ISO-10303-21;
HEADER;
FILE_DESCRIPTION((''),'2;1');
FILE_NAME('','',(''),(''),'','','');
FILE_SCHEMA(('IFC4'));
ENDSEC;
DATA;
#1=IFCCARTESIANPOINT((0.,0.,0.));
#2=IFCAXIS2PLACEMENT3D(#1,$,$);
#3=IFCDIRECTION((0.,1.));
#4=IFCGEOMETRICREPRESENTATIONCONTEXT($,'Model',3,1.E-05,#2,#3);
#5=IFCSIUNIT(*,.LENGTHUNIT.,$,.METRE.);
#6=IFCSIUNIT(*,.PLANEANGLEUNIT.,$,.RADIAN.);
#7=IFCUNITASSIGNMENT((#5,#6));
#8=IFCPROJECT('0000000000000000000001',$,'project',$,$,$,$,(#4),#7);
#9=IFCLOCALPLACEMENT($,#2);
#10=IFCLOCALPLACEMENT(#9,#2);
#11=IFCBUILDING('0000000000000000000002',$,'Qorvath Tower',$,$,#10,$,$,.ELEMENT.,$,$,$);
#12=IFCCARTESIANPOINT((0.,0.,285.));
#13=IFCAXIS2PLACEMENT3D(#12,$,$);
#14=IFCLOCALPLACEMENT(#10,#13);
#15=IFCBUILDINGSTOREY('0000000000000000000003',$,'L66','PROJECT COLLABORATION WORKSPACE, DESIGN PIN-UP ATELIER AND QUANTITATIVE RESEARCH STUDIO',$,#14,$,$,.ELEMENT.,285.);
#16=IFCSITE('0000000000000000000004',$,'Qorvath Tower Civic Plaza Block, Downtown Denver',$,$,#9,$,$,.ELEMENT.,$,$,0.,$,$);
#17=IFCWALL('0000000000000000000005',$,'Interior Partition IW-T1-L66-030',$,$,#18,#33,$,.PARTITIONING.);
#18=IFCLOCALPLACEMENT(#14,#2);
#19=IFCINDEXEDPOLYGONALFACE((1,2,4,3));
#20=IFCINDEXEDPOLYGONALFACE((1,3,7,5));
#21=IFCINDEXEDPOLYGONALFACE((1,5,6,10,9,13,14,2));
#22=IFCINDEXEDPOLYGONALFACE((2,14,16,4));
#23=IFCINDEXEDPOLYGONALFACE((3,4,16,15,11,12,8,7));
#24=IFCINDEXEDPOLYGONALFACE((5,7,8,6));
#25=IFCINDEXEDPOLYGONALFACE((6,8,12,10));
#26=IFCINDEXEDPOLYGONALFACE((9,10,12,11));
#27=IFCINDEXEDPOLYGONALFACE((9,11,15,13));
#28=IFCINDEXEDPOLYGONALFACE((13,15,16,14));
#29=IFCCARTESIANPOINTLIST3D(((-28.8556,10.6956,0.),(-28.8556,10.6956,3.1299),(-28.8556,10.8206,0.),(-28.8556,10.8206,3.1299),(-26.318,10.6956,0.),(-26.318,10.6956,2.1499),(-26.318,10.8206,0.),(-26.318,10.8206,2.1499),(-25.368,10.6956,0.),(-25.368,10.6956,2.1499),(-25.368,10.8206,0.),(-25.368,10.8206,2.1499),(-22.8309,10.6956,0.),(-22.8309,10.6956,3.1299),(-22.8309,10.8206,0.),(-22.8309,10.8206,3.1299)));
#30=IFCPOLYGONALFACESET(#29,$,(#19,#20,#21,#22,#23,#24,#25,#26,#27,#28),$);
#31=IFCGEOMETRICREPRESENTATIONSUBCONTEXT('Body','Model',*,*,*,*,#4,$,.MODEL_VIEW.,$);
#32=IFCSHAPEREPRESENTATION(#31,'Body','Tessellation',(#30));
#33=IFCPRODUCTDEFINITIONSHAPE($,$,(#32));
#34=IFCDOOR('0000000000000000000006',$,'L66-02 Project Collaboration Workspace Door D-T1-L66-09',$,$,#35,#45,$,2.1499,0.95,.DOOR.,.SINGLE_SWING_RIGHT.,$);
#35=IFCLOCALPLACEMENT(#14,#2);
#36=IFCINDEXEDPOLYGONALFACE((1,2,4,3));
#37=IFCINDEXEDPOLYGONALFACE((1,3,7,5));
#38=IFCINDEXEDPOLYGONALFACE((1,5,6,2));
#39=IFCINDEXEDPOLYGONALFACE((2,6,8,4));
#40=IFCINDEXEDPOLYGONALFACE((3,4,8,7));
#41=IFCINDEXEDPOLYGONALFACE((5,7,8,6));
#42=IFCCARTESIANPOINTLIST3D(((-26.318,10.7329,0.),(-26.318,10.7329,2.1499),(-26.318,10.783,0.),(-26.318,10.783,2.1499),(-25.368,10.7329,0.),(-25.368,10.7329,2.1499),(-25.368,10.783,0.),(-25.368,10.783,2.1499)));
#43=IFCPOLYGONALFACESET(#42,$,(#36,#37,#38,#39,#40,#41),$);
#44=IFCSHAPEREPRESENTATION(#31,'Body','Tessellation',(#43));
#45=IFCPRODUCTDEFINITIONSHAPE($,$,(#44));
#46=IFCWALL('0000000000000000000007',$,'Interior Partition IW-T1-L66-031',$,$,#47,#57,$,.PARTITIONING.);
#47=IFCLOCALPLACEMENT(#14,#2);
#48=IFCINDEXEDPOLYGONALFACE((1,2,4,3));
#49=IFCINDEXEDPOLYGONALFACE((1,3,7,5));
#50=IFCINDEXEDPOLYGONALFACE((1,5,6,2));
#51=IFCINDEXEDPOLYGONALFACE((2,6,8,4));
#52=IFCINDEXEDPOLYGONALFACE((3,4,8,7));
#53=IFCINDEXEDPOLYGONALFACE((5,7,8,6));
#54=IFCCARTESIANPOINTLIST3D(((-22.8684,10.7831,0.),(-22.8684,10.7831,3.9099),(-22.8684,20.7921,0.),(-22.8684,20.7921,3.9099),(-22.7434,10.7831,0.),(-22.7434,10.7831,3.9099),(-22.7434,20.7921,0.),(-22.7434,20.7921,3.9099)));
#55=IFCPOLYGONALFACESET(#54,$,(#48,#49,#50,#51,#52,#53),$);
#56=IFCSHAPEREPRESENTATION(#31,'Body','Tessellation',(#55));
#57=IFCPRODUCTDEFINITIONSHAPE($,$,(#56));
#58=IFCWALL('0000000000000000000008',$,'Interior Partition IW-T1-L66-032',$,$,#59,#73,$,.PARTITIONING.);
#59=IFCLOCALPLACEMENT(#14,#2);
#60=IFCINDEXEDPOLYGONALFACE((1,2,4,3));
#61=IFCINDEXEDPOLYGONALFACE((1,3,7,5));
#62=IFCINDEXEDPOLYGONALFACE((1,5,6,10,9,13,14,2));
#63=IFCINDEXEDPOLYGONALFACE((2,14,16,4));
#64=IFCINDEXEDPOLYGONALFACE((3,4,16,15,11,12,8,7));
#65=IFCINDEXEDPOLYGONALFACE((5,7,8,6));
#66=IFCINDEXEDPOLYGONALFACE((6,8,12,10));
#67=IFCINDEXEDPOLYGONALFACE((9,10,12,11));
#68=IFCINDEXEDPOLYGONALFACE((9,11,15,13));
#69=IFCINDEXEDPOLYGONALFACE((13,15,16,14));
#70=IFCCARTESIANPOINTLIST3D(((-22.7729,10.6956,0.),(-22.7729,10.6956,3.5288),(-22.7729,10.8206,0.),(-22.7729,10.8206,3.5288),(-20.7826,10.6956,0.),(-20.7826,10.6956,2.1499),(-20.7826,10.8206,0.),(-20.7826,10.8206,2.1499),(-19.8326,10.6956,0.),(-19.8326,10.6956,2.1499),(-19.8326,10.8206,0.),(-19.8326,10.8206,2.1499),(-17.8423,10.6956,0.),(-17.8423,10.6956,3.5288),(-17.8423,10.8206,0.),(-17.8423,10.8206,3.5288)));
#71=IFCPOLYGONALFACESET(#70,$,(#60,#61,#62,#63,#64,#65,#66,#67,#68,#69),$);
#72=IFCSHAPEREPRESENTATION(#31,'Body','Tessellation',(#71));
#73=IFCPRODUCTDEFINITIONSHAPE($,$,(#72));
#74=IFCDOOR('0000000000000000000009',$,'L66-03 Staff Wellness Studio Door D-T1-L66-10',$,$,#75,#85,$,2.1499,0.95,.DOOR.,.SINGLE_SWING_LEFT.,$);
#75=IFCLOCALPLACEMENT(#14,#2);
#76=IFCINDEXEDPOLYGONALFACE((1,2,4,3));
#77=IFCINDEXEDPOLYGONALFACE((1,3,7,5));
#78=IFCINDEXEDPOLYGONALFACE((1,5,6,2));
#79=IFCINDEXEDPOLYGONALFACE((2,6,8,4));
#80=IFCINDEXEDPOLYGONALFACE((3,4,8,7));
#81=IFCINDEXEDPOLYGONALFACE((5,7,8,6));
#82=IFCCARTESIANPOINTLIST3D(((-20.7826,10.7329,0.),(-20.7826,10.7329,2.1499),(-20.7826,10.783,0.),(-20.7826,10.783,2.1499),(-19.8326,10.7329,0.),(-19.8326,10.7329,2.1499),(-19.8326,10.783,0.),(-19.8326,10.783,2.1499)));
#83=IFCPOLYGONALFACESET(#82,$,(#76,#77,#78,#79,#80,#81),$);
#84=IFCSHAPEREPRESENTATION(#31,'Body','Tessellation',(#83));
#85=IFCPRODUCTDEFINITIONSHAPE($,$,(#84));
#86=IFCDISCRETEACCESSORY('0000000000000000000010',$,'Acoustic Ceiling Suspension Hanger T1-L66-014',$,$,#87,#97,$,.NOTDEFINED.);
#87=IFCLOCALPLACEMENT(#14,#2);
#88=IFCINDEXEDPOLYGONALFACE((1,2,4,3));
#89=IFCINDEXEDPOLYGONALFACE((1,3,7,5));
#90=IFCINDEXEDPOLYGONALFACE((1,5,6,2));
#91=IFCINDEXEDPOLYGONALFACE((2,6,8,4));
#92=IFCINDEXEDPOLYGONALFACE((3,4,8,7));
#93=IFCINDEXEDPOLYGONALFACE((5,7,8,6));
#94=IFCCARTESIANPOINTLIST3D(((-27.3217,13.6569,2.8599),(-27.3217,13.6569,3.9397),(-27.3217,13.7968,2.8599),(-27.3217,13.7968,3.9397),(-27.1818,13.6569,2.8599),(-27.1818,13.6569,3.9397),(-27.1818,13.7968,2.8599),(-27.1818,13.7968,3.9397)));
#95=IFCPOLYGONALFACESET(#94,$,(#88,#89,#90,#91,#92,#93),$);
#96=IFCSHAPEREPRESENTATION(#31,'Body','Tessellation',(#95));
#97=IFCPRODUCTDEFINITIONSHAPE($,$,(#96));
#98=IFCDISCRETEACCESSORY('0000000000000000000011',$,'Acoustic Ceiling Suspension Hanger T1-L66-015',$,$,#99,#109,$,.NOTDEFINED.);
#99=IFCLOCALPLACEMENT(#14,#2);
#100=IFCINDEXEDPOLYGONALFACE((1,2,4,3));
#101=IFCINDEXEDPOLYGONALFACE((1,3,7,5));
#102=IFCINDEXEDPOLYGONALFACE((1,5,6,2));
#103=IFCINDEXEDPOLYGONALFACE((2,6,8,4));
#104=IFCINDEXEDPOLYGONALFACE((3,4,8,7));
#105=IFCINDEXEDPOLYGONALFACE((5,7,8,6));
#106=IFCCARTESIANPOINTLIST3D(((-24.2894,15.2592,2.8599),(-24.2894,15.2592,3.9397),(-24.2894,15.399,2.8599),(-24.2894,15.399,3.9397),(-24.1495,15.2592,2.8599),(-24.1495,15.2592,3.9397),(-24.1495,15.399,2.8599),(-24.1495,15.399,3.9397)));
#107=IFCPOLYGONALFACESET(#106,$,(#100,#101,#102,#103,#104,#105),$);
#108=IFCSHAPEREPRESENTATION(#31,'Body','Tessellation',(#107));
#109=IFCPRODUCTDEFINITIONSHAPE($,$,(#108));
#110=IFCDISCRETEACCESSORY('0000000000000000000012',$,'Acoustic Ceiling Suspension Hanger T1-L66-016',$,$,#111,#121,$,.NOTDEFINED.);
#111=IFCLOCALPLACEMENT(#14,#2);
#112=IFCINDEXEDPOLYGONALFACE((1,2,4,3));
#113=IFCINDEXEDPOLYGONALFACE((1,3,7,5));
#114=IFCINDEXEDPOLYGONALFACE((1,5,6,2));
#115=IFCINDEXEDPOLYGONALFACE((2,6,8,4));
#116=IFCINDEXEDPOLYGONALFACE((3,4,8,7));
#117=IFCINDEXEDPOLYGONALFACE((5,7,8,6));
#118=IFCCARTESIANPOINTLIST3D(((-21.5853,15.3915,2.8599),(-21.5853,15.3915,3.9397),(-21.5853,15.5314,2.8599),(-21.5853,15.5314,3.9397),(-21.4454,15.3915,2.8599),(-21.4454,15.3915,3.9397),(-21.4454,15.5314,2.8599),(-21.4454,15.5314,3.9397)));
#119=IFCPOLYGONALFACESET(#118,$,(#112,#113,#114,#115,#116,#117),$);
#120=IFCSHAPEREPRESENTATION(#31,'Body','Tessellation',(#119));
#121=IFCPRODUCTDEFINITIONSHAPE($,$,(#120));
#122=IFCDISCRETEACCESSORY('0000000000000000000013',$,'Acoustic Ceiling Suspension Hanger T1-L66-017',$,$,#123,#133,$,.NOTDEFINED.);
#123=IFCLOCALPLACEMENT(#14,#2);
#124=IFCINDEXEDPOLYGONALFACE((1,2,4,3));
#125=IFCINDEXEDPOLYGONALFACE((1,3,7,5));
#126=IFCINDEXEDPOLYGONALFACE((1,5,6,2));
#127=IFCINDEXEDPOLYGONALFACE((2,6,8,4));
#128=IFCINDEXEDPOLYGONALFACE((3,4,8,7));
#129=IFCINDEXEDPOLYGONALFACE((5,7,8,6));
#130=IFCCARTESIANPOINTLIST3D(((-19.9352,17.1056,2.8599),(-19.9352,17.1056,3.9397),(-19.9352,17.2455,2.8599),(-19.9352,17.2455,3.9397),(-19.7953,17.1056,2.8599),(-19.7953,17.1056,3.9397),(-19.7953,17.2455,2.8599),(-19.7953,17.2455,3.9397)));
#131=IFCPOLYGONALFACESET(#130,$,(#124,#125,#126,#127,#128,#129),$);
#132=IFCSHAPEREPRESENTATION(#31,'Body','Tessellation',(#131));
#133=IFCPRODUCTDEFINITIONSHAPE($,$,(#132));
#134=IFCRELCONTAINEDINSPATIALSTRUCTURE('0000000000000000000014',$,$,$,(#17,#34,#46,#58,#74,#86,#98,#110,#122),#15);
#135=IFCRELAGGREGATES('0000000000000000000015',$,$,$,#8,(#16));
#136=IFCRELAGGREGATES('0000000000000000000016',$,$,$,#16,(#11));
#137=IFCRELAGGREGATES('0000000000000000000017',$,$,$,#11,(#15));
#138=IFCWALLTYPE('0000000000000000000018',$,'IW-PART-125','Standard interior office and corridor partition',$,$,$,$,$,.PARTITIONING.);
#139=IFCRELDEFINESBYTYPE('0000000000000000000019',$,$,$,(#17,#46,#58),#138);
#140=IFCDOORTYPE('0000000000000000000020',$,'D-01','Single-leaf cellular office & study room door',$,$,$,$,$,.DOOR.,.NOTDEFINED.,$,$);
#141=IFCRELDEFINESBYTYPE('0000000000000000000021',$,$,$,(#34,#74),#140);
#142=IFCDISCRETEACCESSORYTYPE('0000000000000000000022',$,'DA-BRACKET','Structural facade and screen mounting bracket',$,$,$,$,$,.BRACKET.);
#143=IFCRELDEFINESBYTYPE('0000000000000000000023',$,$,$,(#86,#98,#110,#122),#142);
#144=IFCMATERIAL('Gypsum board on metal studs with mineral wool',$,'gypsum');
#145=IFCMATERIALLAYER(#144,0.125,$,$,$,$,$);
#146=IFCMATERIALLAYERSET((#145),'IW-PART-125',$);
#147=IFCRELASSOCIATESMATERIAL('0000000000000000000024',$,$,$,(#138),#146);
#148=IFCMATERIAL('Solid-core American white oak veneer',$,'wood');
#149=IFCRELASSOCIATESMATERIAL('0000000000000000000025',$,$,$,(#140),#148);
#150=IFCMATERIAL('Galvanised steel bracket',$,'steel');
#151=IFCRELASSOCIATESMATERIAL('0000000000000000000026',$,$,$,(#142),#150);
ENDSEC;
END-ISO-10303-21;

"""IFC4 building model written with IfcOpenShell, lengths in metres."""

from ifc_helpers import new_model, si_unit, direction, frame, frame_2d, origin, origin_2d, place, context, subcontext, project, spatial, rectangle, extrude, material, layer, layer_set, type_object, element, fill, save


model = new_model("IFC4")

# Units and contexts
model_context = context("Model", 3, precision=1e-05, world=origin(), true_north=direction((0.0, 1.0)))
body_context = subcontext(model_context, "Body", "Model", "MODEL_VIEW")
ifc_project = project(units=[si_unit("LENGTHUNIT", "METRE"), si_unit("PLANEANGLEUNIT", "RADIAN")], contexts=[model_context])

# Site, building, storey
site_placement = place(None, origin())
site = spatial("IfcSite", under=ifc_project, at=site_placement, Name="Qorvath Tower Civic Plaza Block, Downtown Denver", CompositionType="ELEMENT", RefElevation=0.0)
building_placement = place(site_placement, origin())
building = spatial("IfcBuilding", under=site, at=building_placement, Name="Qorvath Tower", CompositionType="ELEMENT")
storey_placement = place(building_placement, frame((0.0, 0.0, 285.0)))
storey = spatial("IfcBuildingStorey", under=building, at=storey_placement, Name="L66", Description="PROJECT COLLABORATION WORKSPACE, DESIGN PIN-UP ATELIER AND QUANTITATIVE RESEARCH STUDIO", CompositionType="ELEMENT", Elevation=285.0)

# Wall, opening, door
ifc_material_1 = material(Name="Gypsum board on metal studs with mineral wool", Category="gypsum")
ifc_layer_1 = layer(ifc_material_1, 0.125)
ifc_layer_set_1 = layer_set([ifc_layer_1], Name="IW-PART-125")
wall_type_1 = type_object("IfcWallType", Name="IW-PART-125", Description="Standard interior office and corridor partition", PredefinedType="PARTITIONING", material=ifc_layer_set_1)
wall_1_placement = place(storey_placement, frame((-28.8555, 10.7581, 0.0), z_axis=(0.0, 0.0, 1.0), x_axis=(1.0, 0.0, 0.0)))
wall_1 = element("IfcWall", 1, at=wall_1_placement, inside=storey, type_object=wall_type_1, Name="Interior Partition IW-T1-L66-030", PredefinedType="PARTITIONING", context=body_context, shape_type="SweptSolid", body=[
    extrude(rectangle(XDim=6.0247, YDim=0.125, at=frame_2d((3.0122, 0.0))), origin(), (0.0, 0.0, 1.0), 3.1299),
])
opening_1_placement = place(wall_1_placement, frame((2.5374, 0.0, 0.0)))
opening_1 = element("IfcOpeningElement", 2, at=opening_1_placement, cuts=wall_1, PredefinedType="OPENING", context=body_context, shape_type="SweptSolid", body=[
    extrude(rectangle(XDim=0.95, YDim=2.1499, at=frame_2d((0.4751, 1.075))), frame((0.0, 0.0725, 0.0), z_axis=(0.0, -1.0, 0.0), x_axis=(1.0, 0.0, 0.0)), (0.0, 0.0, 1.0), 0.145),
])
ifc_material_2 = material(Name="Solid-core American white oak veneer", Category="wood")
door_type_1 = type_object("IfcDoorType", Name="D-01", Description="Single-leaf cellular office & study room door", OperationType="NOTDEFINED", PredefinedType="DOOR", material=ifc_material_2)
door_1_placement = place(opening_1_placement, origin())
door_1 = element("IfcDoor", 3, at=door_1_placement, inside=storey, type_object=door_type_1, Name="L66-02 Project Collaboration Workspace Door D-T1-L66-09", OperationType="SINGLE_SWING_RIGHT", OverallHeight=2.1499, OverallWidth=0.95, PredefinedType="DOOR", context=body_context, shape_type="SweptSolid", body=[
    extrude(rectangle(XDim=0.95, YDim=2.1499, at=frame_2d((0.4751, 1.075))), frame((0.0, 0.0249, 0.0), z_axis=(0.0, -1.0, 0.0), x_axis=(1.0, 0.0, 0.0)), (0.0, 0.0, 1.0), 0.05),
])
fill(opening_1, door_1)

# Wall
wall_2_placement = place(storey_placement, frame((-22.8059, 10.7832, 0.0), z_axis=(0.0, 0.0, 1.0), x_axis=(0.0, 1.0, 0.0)))
element("IfcWall", 4, at=wall_2_placement, inside=storey, type_object=wall_type_1, Name="Interior Partition IW-T1-L66-031", PredefinedType="PARTITIONING", context=body_context, shape_type="SweptSolid", body=[
    extrude(rectangle(XDim=10.009, YDim=0.125, at=frame_2d((5.0044, 0.0))), origin(), (0.0, 0.0, 1.0), 3.9099),
])

# Wall, opening, door
wall_3_placement = place(storey_placement, frame((-22.7729, 10.7581, 0.0), z_axis=(0.0, 0.0, 1.0), x_axis=(1.0, 0.0, 0.0)))
wall_3 = element("IfcWall", 5, at=wall_3_placement, inside=storey, type_object=wall_type_1, Name="Interior Partition IW-T1-L66-032", PredefinedType="PARTITIONING", context=body_context, shape_type="SweptSolid", body=[
    extrude(rectangle(XDim=4.9307, YDim=0.125, at=frame_2d((2.4653, 0.0))), origin(), (0.0, 0.0, 1.0), 3.5288),
])
opening_2_placement = place(wall_3_placement, frame((1.9902, 0.0, 0.0)))
opening_2 = element("IfcOpeningElement", 6, at=opening_2_placement, cuts=wall_3, PredefinedType="OPENING", context=body_context, shape_type="SweptSolid", body=[
    extrude(rectangle(XDim=0.95, YDim=2.1499, at=frame_2d((0.4751, 1.075))), frame((0.0, 0.0725, 0.0), z_axis=(0.0, -1.0, 0.0), x_axis=(1.0, 0.0, 0.0)), (0.0, 0.0, 1.0), 0.145),
])
door_2_placement = place(opening_2_placement, origin())
door_2 = element("IfcDoor", 7, at=door_2_placement, inside=storey, type_object=door_type_1, Name="L66-03 Staff Wellness Studio Door D-T1-L66-10", OperationType="SINGLE_SWING_LEFT", OverallHeight=2.1499, OverallWidth=0.95, PredefinedType="DOOR", context=body_context, shape_type="SweptSolid", body=[
    extrude(rectangle(XDim=0.95, YDim=2.1499, at=frame_2d((0.4751, 1.075))), frame((0.0, 0.0249, 0.0), z_axis=(0.0, -1.0, 0.0), x_axis=(1.0, 0.0, 0.0)), (0.0, 0.0, 1.0), 0.05),
])
fill(opening_2, door_2)

# Discrete accessories
ifc_material_3 = material(Name="Galvanised steel bracket", Category="steel")
discrete_accessory_type = type_object("IfcDiscreteAccessoryType", Name="DA-BRACKET", Description="Structural facade and screen mounting bracket", PredefinedType="BRACKET", material=ifc_material_3)
for number, where, z_axis, x_axis, name in (
    (8, (-27.2517, 13.7268, 2.8599), (0.0, 0.0, 1.0), (1.0, 0.0, 0.0), "Acoustic Ceiling Suspension Hanger T1-L66-014"),
    (9, (-24.2195, 15.3291, 2.8599), (0.0, 0.0, 1.0), (1.0, 0.0, 0.0), "Acoustic Ceiling Suspension Hanger T1-L66-015"),
    (10, (-21.5154, 15.4614, 2.8599), (0.0, 0.0, 1.0), (1.0, 0.0, 0.0), "Acoustic Ceiling Suspension Hanger T1-L66-016"),
    (11, (-19.8652, 17.1755, 2.8599), (0.0, 0.0, 1.0), (1.0, 0.0, 0.0), "Acoustic Ceiling Suspension Hanger T1-L66-017"),
):
    element("IfcDiscreteAccessory", number, at=place(storey_placement, frame(where, z_axis=z_axis, x_axis=x_axis)), inside=storey, type_object=discrete_accessory_type, Name=name, PredefinedType="NOTDEFINED", context=body_context, shape_type="SweptSolid", body=[
        extrude(rectangle(XDim=0.1399, YDim=0.1399, at=origin_2d()), origin(), (0.0, 0.0, 1.0), 1.0798),
    ])

save(model, "model.ifc")
